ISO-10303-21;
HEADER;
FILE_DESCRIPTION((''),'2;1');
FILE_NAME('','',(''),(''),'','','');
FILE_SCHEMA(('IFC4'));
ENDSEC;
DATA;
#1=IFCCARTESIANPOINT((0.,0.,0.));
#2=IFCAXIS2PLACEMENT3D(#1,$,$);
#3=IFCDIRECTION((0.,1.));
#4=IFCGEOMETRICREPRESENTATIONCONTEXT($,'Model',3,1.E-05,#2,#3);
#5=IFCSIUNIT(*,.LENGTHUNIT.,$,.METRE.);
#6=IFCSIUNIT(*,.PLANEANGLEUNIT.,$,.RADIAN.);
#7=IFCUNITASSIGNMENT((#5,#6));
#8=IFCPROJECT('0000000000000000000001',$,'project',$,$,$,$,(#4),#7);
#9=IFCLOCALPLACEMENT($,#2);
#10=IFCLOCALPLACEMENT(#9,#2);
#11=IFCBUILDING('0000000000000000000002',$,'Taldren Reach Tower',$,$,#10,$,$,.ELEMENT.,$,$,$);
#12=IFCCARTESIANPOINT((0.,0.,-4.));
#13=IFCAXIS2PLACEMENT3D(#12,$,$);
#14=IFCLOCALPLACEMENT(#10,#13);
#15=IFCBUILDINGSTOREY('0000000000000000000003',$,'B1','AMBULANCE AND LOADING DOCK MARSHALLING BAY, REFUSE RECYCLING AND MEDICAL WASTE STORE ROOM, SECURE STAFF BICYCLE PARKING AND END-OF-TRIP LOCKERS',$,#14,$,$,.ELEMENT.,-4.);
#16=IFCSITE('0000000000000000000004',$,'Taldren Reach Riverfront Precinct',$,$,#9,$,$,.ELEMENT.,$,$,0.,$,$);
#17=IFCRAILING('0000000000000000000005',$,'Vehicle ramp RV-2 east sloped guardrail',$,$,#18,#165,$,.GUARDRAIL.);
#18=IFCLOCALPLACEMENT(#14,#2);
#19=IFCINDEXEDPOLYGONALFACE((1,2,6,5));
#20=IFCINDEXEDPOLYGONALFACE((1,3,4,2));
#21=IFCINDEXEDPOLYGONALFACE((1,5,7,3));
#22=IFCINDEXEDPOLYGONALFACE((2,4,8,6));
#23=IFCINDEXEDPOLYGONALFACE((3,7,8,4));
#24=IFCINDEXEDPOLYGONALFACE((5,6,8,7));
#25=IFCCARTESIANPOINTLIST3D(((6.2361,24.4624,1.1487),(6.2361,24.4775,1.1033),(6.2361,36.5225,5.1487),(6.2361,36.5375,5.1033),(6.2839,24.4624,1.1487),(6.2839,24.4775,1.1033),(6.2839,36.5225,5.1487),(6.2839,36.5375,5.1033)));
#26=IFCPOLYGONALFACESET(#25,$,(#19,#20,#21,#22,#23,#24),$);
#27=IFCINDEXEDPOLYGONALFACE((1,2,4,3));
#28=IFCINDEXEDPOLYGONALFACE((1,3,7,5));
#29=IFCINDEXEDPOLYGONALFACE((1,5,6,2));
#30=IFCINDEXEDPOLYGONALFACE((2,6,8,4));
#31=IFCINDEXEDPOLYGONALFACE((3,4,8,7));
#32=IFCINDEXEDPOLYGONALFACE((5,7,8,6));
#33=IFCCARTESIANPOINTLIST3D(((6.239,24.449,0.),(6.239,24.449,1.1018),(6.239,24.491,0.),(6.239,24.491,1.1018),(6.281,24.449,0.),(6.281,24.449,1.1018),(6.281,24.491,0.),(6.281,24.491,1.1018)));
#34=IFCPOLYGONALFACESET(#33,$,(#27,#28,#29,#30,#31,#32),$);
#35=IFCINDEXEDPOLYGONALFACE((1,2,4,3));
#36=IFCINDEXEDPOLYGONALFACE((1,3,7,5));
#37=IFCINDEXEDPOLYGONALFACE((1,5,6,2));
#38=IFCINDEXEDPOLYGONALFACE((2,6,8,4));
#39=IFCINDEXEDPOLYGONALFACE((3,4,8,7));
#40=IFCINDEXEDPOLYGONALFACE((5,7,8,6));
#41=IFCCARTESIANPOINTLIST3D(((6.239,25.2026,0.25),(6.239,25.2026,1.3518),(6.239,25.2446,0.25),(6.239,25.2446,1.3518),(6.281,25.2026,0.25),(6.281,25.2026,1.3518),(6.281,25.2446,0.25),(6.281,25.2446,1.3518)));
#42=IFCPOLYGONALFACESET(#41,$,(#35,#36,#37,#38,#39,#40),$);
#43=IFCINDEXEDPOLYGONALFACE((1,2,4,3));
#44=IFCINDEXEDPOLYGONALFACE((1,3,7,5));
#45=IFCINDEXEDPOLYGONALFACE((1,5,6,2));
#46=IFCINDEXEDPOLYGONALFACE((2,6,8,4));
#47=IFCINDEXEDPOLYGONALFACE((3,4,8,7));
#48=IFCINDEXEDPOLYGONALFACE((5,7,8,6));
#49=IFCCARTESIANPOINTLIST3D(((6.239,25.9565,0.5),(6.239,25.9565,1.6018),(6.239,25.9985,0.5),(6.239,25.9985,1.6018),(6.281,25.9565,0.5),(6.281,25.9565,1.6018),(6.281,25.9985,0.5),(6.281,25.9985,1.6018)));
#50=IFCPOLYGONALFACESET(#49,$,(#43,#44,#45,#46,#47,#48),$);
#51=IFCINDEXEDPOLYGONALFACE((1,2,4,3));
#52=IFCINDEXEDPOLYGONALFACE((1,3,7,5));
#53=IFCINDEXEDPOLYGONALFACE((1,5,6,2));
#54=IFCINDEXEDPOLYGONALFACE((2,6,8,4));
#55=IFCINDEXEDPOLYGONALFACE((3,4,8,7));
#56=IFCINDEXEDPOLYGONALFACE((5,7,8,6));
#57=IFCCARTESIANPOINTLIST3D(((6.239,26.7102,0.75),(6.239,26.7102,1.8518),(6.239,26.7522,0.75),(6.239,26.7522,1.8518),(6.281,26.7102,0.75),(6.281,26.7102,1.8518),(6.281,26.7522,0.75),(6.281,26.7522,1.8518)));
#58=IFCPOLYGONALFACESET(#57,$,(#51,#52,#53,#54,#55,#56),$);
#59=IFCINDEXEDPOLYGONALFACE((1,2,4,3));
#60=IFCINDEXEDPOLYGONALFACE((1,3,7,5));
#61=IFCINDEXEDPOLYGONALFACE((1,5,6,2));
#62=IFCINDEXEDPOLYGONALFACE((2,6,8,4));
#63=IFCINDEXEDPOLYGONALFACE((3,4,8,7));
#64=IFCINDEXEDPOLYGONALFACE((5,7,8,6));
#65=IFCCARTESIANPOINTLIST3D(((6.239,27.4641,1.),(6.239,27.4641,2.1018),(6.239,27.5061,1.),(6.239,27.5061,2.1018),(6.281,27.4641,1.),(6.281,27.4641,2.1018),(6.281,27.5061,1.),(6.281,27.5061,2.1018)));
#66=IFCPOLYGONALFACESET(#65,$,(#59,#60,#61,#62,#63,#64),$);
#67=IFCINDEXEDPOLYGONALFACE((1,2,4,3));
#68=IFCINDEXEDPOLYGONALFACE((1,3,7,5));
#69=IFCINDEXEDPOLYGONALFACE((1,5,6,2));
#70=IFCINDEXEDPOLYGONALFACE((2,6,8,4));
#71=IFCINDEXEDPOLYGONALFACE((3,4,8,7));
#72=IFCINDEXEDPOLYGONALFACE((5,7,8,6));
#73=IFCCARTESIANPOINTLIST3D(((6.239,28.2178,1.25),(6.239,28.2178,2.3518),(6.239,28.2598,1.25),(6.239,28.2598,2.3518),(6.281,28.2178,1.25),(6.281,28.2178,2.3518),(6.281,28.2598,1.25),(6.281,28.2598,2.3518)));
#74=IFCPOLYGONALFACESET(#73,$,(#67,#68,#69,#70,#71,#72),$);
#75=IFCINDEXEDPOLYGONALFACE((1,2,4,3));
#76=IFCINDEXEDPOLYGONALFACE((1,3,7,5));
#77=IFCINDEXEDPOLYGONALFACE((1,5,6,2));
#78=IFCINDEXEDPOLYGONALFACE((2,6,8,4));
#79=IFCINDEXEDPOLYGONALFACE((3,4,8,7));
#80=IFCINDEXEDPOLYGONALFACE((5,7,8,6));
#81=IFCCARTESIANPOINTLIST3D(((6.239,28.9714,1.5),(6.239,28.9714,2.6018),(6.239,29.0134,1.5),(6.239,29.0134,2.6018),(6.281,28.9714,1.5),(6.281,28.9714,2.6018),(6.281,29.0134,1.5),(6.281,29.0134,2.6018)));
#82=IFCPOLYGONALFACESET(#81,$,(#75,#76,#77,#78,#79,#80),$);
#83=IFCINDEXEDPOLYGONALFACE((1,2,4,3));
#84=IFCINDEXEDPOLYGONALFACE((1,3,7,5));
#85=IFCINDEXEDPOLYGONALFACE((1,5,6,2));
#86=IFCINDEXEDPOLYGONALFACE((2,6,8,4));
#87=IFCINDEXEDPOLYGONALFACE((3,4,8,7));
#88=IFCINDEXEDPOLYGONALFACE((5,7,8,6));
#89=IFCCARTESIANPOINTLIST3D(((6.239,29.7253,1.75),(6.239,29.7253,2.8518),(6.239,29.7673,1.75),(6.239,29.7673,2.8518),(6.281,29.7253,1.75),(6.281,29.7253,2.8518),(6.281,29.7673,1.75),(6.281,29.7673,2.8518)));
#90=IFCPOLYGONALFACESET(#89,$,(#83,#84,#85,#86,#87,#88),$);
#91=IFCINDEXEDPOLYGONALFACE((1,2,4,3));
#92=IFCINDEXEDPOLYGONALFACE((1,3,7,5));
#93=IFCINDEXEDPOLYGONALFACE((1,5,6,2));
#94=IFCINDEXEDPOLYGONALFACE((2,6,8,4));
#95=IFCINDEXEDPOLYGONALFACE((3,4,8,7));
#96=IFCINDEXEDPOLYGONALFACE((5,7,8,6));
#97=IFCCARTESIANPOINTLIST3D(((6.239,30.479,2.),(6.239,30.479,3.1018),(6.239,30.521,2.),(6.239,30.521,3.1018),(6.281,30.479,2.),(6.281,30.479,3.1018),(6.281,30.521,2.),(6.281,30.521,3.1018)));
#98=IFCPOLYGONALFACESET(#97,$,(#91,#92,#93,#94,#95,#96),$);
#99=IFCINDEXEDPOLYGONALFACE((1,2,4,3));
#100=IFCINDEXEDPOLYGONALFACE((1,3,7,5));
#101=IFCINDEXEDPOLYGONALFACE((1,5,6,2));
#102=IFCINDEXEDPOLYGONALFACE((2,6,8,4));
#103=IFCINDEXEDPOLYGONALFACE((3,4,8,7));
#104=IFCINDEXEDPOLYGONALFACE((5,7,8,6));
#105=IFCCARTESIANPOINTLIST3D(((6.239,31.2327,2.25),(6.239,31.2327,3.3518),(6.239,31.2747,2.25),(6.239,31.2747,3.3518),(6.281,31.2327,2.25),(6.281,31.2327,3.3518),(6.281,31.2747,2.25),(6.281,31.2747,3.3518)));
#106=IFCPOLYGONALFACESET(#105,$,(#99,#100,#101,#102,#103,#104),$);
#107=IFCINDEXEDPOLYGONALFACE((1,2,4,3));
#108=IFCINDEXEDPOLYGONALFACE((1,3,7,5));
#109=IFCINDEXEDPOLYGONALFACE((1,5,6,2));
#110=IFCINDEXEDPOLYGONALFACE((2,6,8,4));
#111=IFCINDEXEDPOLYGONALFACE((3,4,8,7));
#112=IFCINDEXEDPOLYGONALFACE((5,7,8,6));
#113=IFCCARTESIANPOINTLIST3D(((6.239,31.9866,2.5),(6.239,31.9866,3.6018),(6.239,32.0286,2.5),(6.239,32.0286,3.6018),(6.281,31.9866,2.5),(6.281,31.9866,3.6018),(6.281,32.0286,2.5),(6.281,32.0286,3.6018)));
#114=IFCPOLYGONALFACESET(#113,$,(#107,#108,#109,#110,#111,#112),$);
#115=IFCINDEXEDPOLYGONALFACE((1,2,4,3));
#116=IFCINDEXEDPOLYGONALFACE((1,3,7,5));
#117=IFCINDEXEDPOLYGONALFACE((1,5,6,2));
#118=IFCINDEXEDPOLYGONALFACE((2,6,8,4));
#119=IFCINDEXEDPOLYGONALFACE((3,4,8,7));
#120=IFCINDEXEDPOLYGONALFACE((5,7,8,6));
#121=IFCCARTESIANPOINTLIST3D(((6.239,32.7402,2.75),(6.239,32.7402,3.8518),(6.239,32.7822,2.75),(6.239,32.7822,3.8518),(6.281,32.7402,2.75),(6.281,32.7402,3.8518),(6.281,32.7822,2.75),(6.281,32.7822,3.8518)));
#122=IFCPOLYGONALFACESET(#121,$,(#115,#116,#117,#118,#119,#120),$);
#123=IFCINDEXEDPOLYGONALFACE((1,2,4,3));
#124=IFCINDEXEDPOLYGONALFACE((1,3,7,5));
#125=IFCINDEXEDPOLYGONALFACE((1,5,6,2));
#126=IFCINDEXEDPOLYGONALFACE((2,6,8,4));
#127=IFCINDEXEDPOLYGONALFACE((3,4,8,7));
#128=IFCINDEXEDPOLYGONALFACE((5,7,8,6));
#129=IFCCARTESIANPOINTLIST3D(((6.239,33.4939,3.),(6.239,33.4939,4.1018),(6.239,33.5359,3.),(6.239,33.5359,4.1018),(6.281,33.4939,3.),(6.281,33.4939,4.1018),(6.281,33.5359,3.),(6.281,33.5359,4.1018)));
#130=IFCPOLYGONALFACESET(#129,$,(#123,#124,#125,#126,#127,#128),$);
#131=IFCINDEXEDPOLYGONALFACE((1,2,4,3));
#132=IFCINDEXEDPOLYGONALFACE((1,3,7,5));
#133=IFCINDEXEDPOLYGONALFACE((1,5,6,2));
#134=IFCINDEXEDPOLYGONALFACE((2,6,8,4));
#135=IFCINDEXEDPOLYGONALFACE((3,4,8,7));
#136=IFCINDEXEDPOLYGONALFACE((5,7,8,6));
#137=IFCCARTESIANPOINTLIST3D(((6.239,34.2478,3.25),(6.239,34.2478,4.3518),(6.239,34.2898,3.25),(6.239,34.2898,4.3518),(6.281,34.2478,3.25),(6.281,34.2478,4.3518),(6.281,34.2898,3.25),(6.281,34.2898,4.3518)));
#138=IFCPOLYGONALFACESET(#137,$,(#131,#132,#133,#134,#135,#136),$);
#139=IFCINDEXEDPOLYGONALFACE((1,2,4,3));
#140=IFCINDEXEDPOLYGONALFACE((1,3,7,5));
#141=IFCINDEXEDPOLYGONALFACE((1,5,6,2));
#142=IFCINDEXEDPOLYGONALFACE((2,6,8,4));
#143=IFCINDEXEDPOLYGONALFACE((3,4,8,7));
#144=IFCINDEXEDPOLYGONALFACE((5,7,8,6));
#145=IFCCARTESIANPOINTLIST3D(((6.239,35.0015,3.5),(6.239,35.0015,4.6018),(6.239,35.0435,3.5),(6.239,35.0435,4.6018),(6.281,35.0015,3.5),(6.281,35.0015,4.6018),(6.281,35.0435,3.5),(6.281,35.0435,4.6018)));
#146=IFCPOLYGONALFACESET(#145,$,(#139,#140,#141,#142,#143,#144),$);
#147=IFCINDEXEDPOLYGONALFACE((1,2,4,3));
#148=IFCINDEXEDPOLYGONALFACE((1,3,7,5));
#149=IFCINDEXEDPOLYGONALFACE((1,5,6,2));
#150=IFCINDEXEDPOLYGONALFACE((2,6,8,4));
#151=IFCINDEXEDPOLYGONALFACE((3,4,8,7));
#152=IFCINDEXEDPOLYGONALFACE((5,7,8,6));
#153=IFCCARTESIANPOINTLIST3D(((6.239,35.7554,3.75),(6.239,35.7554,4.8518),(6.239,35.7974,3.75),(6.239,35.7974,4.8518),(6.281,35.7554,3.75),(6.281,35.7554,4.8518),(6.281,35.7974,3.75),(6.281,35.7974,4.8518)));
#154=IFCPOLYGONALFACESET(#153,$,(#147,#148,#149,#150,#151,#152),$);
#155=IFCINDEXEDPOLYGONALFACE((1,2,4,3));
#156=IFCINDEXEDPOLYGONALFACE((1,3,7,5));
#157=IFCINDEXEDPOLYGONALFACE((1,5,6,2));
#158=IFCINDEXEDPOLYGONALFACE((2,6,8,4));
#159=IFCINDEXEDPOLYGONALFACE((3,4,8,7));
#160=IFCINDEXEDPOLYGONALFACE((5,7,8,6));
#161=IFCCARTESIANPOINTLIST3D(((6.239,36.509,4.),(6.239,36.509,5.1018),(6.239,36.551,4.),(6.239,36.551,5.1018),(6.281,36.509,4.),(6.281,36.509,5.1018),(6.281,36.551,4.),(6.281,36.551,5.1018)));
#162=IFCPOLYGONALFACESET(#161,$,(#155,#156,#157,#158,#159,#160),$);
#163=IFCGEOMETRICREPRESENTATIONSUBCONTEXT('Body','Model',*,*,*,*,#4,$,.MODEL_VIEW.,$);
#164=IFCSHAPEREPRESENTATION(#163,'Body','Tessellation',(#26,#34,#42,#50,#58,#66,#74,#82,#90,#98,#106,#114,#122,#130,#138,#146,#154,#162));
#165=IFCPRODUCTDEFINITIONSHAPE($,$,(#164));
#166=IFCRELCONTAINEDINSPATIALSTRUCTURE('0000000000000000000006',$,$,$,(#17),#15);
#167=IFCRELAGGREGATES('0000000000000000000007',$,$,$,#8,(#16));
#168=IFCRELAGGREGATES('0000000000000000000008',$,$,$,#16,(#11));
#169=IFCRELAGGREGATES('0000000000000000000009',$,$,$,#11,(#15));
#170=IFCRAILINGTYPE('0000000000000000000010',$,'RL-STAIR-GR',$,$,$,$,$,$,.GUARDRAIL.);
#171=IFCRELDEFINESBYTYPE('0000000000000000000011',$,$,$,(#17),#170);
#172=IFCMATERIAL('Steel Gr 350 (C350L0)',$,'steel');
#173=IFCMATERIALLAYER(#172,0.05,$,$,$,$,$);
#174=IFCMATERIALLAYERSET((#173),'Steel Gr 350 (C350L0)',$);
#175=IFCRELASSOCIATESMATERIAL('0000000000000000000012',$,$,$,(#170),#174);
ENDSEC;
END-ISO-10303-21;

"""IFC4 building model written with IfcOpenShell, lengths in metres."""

from ifc_helpers import new_model, si_unit, direction, frame, origin, origin_2d, place, context, subcontext, project, spatial, rectangle, extrude, material, layer, layer_set, type_object, element, save


model = new_model("IFC4")

# Units and contexts
model_context = context("Model", 3, precision=1e-05, world=origin(), true_north=direction((0.0, 1.0)))
body_context = subcontext(model_context, "Body", "Model", "MODEL_VIEW")
ifc_project = project(units=[si_unit("LENGTHUNIT", "METRE"), si_unit("PLANEANGLEUNIT", "RADIAN")], contexts=[model_context])

# Site, building, storey
site_placement = place(None, origin())
site = spatial("IfcSite", under=ifc_project, at=site_placement, Name="Taldren Reach Riverfront Precinct", CompositionType="ELEMENT", RefElevation=0.0)
building_placement = place(site_placement, origin())
building = spatial("IfcBuilding", under=site, at=building_placement, Name="Taldren Reach Tower", CompositionType="ELEMENT")
storey_placement = place(building_placement, frame((0.0, 0.0, -4.0)))
storey = spatial("IfcBuildingStorey", under=building, at=storey_placement, Name="B1", Description="AMBULANCE AND LOADING DOCK MARSHALLING BAY, REFUSE RECYCLING AND MEDICAL WASTE STORE ROOM, SECURE STAFF BICYCLE PARKING AND END-OF-TRIP LOCKERS", CompositionType="ELEMENT", Elevation=-4.0)

# Shared definitions
ifc_material_1 = material(Name="Steel Gr 350 (C350L0)", Category="steel")

# Railing
ifc_layer_1 = layer(ifc_material_1, 0.05)
ifc_layer_set_1 = layer_set([ifc_layer_1], Name="Steel Gr 350 (C350L0)")
railing_type = type_object("IfcRailingType", Name="RL-STAIR-GR", PredefinedType="GUARDRAIL", material=ifc_layer_set_1)
railing_1_placement = place(storey_placement, frame((6.26, 24.47, 0.0)))
element("IfcRailing", 1, at=railing_1_placement, inside=storey, type_object=railing_type, Name="Vehicle ramp RV-2 east sloped guardrail", PredefinedType="GUARDRAIL", context=body_context, shape_type="SweptSolid", body=[
    extrude(rectangle(XDim=0.0479, YDim=0.0479, at=origin_2d()), frame((0.0, 0.0, 1.126), z_axis=(0.0, 0.949155, 0.314809), x_axis=(-1.0, 0.0, 0.0)), (0.0, 0.0, 1.0), 12.7061),
    extrude(rectangle(XDim=0.042, YDim=0.042, at=origin_2d()), origin(), (0.0, 0.0, 1.0), 1.1018),
    extrude(rectangle(XDim=0.042, YDim=0.042, at=origin_2d()), frame((0.0, 0.7537, 0.25)), (0.0, 0.0, 1.0), 1.1018),
    extrude(rectangle(XDim=0.042, YDim=0.042, at=origin_2d()), frame((0.0, 1.5076, 0.5)), (0.0, 0.0, 1.0), 1.1018),
    extrude(rectangle(XDim=0.042, YDim=0.042, at=origin_2d()), frame((0.0, 2.2612, 0.75)), (0.0, 0.0, 1.0), 1.1018),
    extrude(rectangle(XDim=0.042, YDim=0.042, at=origin_2d()), frame((0.0, 3.0151, 1.0)), (0.0, 0.0, 1.0), 1.1018),
    extrude(rectangle(XDim=0.042, YDim=0.042, at=origin_2d()), frame((0.0, 3.7688, 1.25)), (0.0, 0.0, 1.0), 1.1018),
    extrude(rectangle(XDim=0.042, YDim=0.042, at=origin_2d()), frame((0.0, 4.5225, 1.5)), (0.0, 0.0, 1.0), 1.1018),
    extrude(rectangle(XDim=0.042, YDim=0.042, at=origin_2d()), frame((0.0, 5.2764, 1.75)), (0.0, 0.0, 1.0), 1.1018),
    extrude(rectangle(XDim=0.042, YDim=0.042, at=origin_2d()), frame((0.0, 6.03, 2.0)), (0.0, 0.0, 1.0), 1.1018),
    extrude(rectangle(XDim=0.042, YDim=0.042, at=origin_2d()), frame((0.0, 6.7837, 2.25)), (0.0, 0.0, 1.0), 1.1018),
    extrude(rectangle(XDim=0.042, YDim=0.042, at=origin_2d()), frame((0.0, 7.5376, 2.5)), (0.0, 0.0, 1.0), 1.1018),
    extrude(rectangle(XDim=0.042, YDim=0.042, at=origin_2d()), frame((0.0, 8.2913, 2.75)), (0.0, 0.0, 1.0), 1.1018),
    extrude(rectangle(XDim=0.042, YDim=0.042, at=origin_2d()), frame((0.0, 9.0449, 3.0)), (0.0, 0.0, 1.0), 1.1018),
    extrude(rectangle(XDim=0.042, YDim=0.042, at=origin_2d()), frame((0.0, 9.7988, 3.25)), (0.0, 0.0, 1.0), 1.1018),
    extrude(rectangle(XDim=0.042, YDim=0.042, at=origin_2d()), frame((0.0, 10.5525, 3.5)), (0.0, 0.0, 1.0), 1.1018),
    extrude(rectangle(XDim=0.042, YDim=0.042, at=origin_2d()), frame((0.0, 11.3064, 3.75)), (0.0, 0.0, 1.0), 1.1018),
    extrude(rectangle(XDim=0.042, YDim=0.042, at=origin_2d()), frame((0.0, 12.0601, 4.0)), (0.0, 0.0, 1.0), 1.1018),
])

save(model, "model.ifc")
